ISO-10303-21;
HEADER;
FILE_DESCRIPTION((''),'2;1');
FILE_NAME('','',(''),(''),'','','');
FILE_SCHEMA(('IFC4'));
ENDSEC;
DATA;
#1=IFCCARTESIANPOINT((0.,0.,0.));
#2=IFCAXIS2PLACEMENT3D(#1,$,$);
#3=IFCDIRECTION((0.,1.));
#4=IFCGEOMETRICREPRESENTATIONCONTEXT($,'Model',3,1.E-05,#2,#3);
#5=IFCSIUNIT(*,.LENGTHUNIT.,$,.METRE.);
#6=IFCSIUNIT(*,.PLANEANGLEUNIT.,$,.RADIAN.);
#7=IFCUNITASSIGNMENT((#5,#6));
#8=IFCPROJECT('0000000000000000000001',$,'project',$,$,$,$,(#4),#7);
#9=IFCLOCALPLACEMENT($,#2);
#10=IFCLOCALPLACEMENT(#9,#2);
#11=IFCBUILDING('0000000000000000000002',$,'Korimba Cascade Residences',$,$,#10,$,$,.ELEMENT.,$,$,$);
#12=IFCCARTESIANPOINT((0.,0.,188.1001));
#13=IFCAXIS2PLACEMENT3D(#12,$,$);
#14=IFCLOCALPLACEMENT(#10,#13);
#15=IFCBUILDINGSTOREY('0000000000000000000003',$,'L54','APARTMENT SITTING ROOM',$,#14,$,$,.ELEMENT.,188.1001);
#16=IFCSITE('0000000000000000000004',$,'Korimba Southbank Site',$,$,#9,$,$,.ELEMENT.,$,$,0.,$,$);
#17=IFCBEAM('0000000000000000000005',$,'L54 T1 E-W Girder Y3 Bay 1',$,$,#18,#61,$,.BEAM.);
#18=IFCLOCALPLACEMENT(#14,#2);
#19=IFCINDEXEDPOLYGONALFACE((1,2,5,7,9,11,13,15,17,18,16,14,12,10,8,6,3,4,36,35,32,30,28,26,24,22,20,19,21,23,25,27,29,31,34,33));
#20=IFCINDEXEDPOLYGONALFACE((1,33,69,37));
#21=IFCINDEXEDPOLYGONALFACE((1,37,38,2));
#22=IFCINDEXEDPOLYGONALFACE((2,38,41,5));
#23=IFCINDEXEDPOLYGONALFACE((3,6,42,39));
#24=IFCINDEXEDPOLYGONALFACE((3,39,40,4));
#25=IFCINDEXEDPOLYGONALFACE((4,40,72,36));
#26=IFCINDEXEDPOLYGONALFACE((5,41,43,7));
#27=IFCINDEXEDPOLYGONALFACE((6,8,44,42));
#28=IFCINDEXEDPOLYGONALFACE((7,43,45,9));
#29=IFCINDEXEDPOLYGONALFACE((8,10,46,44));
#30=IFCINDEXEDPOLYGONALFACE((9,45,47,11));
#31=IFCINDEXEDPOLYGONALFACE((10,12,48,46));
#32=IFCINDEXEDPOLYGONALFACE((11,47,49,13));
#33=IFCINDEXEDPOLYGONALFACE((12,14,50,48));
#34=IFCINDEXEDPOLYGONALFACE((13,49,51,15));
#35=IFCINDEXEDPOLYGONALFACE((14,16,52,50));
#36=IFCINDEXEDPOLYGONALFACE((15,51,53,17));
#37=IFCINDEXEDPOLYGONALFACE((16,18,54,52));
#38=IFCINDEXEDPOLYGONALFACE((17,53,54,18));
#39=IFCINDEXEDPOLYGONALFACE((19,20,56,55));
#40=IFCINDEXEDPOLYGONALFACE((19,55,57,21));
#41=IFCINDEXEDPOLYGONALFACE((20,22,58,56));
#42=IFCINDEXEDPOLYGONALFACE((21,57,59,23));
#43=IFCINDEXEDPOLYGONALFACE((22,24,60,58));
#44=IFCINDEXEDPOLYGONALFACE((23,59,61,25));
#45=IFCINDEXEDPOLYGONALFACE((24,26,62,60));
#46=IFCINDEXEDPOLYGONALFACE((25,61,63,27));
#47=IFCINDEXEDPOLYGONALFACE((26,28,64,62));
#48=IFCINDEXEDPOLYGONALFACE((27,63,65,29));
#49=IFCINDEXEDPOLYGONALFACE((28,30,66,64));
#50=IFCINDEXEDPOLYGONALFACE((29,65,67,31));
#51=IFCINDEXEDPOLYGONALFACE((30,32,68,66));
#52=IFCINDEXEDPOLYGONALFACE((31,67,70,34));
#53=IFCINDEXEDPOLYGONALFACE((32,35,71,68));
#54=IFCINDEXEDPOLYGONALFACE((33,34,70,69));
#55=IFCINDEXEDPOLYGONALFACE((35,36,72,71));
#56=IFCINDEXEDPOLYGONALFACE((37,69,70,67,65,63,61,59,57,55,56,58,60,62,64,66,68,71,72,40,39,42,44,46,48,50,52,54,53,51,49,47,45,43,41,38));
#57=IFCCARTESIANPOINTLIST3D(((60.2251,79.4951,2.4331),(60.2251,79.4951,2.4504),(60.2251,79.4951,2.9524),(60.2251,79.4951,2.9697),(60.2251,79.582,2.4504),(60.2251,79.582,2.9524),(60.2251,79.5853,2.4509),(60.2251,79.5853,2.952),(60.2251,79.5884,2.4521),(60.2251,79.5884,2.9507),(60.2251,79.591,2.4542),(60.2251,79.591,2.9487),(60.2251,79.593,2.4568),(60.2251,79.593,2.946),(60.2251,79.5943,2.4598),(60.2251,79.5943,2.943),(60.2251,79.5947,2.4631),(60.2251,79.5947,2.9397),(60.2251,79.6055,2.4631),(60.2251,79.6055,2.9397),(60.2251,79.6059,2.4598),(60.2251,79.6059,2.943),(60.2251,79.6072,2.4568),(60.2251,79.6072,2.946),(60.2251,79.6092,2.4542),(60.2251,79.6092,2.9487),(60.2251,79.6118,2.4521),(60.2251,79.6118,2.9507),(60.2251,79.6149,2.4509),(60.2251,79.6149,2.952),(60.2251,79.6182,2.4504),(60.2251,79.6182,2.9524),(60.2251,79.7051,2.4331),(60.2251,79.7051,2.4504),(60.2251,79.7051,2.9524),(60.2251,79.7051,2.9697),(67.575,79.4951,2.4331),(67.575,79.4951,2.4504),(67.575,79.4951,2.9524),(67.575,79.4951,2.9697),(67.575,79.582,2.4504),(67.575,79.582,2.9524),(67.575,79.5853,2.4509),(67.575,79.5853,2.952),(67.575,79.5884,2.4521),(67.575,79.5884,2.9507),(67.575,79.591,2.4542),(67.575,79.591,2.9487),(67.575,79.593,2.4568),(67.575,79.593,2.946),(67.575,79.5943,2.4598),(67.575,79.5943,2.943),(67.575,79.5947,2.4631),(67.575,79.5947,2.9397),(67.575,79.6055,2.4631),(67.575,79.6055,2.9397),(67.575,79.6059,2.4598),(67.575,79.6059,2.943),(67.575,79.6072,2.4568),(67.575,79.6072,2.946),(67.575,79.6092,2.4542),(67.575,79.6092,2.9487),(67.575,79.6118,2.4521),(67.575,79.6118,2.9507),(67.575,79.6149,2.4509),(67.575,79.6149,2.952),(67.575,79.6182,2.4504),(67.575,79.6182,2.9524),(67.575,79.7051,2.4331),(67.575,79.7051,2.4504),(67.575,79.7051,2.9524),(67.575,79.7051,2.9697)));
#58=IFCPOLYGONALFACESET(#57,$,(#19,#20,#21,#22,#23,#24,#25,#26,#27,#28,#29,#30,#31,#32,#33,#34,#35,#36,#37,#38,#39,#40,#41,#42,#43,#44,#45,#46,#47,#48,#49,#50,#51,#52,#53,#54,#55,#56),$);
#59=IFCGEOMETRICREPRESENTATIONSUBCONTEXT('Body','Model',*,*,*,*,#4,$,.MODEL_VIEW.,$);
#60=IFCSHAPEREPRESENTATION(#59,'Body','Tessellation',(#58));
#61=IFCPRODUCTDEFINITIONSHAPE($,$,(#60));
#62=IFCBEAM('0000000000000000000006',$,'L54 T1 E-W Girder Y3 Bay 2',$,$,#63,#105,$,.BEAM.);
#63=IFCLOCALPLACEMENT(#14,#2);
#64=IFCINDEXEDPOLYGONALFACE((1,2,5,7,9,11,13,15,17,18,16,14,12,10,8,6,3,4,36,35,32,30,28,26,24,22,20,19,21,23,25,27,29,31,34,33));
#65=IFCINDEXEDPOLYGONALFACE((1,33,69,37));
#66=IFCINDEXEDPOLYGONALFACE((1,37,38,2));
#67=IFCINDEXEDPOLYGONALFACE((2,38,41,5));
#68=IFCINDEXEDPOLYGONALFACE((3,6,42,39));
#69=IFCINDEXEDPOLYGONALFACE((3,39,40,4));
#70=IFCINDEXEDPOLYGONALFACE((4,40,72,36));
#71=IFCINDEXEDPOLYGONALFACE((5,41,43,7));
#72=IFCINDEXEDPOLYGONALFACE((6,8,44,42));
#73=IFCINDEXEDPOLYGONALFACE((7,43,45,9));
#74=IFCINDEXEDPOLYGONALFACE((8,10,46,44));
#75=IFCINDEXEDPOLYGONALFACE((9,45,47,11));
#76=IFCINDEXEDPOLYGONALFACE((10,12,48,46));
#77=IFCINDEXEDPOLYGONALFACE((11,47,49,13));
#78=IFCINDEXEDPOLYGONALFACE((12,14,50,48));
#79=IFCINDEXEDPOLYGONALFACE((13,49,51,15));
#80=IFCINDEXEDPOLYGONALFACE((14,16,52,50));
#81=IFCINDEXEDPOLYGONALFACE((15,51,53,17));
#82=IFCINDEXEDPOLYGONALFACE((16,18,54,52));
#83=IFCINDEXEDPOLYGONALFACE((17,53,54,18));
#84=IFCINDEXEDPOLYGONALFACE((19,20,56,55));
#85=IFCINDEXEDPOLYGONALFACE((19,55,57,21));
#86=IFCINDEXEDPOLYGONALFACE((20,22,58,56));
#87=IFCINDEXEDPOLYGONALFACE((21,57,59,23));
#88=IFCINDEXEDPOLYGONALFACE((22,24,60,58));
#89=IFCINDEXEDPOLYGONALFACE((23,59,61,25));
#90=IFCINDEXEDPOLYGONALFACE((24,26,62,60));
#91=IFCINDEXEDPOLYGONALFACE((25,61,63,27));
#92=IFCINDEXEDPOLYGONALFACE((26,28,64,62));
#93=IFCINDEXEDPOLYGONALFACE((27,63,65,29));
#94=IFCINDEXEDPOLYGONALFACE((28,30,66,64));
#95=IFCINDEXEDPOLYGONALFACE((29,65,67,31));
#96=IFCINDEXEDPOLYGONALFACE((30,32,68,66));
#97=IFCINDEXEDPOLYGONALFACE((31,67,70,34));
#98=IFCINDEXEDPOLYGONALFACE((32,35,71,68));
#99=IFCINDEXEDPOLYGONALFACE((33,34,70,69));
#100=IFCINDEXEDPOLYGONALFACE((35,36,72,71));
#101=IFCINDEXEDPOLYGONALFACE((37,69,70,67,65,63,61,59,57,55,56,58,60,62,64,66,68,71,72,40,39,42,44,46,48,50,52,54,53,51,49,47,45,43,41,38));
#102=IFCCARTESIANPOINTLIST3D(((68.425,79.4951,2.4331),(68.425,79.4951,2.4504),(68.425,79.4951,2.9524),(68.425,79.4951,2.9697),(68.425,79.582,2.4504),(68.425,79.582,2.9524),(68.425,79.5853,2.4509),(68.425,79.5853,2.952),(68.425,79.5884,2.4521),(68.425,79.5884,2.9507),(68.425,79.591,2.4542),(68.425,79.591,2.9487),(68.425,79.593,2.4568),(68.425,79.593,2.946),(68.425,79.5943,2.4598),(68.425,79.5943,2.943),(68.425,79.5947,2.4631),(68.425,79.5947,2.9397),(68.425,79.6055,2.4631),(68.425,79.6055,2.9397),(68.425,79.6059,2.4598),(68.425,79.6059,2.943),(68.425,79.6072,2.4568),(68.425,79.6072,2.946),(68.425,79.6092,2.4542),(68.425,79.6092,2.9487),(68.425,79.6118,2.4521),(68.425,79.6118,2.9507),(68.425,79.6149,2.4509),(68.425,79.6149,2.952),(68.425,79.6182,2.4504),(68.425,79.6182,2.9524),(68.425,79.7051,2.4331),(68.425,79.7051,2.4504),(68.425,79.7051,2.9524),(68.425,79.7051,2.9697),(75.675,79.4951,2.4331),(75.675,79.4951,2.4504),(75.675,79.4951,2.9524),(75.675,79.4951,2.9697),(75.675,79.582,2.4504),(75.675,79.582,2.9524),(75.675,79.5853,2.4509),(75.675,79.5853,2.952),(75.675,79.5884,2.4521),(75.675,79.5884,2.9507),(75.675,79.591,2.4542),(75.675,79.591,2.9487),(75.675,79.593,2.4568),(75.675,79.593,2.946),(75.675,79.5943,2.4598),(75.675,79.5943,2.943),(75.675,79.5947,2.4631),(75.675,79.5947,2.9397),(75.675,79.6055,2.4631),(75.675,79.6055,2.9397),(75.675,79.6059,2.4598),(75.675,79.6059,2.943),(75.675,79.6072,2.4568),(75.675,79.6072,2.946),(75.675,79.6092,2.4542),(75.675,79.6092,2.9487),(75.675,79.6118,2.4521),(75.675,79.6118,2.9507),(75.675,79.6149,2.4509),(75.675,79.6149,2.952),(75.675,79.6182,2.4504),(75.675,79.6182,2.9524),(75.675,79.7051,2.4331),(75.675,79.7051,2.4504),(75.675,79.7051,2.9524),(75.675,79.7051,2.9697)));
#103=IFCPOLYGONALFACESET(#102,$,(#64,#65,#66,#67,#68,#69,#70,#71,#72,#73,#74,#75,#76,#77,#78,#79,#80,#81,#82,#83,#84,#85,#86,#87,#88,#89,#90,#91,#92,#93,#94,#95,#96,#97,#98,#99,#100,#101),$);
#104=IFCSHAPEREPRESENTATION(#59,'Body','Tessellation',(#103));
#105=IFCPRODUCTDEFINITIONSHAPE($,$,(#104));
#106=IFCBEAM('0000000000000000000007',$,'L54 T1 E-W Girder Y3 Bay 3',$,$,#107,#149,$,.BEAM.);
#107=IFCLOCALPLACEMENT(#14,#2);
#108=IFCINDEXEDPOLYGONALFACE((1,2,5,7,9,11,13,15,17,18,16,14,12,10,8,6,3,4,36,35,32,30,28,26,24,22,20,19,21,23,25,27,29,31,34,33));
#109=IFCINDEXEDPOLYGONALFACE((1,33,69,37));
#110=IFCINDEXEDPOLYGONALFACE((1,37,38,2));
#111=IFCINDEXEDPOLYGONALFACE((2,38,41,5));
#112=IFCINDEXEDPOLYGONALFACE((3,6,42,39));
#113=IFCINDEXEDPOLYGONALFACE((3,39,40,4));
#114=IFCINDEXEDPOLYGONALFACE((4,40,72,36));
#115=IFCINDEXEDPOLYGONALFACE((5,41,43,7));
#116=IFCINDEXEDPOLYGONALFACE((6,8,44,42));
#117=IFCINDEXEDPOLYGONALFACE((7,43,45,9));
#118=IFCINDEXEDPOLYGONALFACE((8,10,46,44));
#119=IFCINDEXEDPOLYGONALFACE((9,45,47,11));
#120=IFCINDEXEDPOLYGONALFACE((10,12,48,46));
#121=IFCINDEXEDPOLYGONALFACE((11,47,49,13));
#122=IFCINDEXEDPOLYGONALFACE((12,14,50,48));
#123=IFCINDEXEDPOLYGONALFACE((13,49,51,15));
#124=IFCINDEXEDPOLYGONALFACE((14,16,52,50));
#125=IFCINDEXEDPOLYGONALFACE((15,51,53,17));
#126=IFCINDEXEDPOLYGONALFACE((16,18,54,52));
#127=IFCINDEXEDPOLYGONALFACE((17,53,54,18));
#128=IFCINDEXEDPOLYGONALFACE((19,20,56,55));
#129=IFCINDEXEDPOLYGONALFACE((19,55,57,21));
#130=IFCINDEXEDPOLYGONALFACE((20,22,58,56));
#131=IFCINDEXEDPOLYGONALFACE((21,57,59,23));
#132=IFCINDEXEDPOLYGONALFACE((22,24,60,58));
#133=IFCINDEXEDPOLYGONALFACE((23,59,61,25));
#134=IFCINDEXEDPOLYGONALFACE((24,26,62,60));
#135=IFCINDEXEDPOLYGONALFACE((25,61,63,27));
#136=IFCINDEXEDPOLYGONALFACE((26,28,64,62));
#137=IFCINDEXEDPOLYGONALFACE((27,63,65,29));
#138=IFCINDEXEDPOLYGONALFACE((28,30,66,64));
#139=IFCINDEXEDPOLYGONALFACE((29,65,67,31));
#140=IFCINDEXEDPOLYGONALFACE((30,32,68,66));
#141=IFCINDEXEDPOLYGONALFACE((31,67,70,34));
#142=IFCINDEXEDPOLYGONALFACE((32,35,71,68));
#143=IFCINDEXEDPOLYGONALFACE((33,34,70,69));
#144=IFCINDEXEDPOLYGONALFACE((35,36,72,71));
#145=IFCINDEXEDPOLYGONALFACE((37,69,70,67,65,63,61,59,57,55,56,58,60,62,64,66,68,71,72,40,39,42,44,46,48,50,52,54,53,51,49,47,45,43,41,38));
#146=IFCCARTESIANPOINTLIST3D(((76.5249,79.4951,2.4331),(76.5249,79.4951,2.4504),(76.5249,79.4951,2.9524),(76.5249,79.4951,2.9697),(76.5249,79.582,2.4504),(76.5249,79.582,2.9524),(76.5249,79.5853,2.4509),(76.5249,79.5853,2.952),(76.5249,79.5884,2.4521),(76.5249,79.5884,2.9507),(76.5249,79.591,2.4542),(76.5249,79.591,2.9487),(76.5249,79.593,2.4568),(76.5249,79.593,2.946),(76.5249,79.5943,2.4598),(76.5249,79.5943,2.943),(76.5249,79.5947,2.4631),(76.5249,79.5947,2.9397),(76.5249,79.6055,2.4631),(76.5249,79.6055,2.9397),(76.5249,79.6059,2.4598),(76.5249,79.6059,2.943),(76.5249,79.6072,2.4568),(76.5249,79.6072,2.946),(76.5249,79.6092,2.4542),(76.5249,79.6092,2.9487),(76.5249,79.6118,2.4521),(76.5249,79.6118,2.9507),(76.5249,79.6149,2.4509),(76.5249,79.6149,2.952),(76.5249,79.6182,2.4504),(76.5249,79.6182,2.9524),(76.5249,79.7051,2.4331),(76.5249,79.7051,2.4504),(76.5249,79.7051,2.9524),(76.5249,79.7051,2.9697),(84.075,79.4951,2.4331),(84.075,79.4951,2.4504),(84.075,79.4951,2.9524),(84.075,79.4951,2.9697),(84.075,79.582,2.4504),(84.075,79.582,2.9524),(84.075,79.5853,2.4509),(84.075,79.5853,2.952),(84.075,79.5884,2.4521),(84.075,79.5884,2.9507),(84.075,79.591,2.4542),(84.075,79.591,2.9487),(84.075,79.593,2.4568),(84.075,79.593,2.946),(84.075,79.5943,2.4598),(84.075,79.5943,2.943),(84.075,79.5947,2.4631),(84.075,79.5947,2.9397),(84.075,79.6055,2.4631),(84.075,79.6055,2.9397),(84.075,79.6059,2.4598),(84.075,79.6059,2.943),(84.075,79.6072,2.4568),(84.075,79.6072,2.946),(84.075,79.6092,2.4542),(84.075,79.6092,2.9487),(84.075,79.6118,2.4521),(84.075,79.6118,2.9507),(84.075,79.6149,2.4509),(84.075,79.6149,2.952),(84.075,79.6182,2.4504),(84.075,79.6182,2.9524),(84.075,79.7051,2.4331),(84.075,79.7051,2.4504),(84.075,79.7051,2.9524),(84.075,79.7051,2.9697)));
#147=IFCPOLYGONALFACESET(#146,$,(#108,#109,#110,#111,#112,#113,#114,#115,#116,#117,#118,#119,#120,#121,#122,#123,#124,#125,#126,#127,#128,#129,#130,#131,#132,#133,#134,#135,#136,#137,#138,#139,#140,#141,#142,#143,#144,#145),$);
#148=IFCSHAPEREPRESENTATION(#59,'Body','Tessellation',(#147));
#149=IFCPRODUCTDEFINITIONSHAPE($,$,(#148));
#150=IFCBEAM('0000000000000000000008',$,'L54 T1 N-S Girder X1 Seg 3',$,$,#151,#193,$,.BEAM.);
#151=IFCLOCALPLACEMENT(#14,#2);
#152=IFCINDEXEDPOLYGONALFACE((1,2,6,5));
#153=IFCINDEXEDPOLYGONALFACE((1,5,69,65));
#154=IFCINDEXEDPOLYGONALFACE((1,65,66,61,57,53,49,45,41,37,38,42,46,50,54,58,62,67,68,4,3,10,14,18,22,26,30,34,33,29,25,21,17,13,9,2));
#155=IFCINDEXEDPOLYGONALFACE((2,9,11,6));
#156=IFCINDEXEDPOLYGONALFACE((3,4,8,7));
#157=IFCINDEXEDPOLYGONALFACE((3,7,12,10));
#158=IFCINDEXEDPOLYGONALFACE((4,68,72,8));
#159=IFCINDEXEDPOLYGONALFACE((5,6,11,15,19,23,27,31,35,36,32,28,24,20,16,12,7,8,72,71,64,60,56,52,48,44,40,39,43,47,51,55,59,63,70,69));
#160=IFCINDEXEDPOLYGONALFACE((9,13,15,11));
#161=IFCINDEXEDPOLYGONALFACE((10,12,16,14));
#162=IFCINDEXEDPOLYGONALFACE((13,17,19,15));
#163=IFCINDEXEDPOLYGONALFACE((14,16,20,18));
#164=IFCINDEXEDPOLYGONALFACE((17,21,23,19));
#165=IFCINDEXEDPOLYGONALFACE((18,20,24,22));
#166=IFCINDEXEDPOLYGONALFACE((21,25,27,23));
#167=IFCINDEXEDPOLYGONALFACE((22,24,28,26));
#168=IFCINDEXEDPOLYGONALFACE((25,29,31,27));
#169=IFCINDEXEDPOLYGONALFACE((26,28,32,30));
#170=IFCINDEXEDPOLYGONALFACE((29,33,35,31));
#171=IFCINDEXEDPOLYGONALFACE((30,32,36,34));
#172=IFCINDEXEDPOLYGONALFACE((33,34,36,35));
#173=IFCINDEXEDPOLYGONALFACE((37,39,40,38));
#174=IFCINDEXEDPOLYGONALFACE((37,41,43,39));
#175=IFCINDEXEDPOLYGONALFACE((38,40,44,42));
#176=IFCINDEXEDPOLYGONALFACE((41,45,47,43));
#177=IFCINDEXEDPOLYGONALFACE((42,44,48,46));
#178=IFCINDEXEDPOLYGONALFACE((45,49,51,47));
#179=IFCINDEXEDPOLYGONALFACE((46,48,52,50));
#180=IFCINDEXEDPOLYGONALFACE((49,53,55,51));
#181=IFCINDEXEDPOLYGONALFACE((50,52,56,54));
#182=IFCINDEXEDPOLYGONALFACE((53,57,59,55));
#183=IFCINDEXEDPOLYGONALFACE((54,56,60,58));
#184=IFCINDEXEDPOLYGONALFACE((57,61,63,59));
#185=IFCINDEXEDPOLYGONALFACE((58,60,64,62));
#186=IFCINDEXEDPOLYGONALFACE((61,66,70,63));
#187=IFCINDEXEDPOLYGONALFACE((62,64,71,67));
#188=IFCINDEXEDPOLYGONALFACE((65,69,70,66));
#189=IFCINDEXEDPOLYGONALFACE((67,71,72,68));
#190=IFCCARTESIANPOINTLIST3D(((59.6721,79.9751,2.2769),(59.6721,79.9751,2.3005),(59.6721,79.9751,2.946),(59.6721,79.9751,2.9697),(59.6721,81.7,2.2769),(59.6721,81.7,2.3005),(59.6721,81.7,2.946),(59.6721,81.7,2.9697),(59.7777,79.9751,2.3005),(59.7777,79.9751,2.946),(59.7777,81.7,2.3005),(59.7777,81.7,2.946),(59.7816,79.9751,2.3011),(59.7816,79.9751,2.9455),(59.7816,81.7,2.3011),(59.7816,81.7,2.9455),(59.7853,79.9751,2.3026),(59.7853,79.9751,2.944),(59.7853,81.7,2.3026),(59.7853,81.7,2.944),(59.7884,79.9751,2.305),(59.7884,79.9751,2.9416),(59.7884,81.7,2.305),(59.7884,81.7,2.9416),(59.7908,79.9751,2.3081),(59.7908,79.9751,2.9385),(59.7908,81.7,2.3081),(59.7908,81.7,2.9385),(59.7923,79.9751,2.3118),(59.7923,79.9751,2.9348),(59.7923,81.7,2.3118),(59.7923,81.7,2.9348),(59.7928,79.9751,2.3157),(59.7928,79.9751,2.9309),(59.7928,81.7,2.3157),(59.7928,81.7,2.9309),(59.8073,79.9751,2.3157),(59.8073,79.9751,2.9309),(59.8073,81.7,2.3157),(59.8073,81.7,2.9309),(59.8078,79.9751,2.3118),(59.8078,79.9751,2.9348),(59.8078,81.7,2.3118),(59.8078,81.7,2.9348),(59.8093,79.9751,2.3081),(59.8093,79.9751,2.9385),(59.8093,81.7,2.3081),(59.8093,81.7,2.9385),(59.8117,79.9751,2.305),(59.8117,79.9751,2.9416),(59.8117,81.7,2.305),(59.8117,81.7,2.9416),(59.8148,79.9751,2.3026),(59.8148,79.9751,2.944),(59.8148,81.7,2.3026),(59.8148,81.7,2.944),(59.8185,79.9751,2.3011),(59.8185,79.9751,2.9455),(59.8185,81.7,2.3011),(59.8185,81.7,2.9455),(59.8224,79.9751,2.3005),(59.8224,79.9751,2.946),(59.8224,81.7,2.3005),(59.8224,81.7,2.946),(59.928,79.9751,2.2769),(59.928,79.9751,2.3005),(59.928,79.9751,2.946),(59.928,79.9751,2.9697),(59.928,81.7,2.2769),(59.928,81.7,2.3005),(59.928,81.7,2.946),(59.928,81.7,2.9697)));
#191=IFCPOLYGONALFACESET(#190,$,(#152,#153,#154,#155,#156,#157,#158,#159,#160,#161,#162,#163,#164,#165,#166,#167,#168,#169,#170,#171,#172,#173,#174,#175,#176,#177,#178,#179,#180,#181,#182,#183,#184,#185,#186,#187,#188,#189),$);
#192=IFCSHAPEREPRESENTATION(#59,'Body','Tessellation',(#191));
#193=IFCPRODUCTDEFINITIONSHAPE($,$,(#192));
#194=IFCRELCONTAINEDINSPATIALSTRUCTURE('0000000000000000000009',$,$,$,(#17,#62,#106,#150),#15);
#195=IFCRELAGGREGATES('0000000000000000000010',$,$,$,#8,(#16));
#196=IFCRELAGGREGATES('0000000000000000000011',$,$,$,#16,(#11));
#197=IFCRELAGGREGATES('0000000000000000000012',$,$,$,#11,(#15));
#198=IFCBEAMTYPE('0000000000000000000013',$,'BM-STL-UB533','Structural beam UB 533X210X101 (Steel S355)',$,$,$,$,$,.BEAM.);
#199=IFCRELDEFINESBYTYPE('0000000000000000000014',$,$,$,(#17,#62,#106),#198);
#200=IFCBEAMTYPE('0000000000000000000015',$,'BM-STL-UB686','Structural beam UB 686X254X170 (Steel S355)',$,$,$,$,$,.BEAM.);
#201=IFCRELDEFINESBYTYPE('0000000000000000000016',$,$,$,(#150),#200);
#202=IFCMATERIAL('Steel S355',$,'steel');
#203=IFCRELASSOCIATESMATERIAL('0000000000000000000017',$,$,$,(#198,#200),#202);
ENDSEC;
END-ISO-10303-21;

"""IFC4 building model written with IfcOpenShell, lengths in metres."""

from ifc_helpers import new_model, si_unit, direction, frame, origin, origin_2d, place, context, subcontext, project, spatial, i_section, extrude, material, material_profile, profile_set, type_object, element, save


model = new_model("IFC4")

# Units and contexts
model_context = context("Model", 3, precision=1e-05, world=origin(), true_north=direction((0.0, 1.0)))
body_context = subcontext(model_context, "Body", "Model", "MODEL_VIEW")
ifc_project = project(units=[si_unit("LENGTHUNIT", "METRE"), si_unit("PLANEANGLEUNIT", "RADIAN")], contexts=[model_context])

# Site, building, storey
site_placement = place(None, origin())
site = spatial("IfcSite", under=ifc_project, at=site_placement, Name="Korimba Southbank Site", CompositionType="ELEMENT", RefElevation=0.0)
building_placement = place(site_placement, origin())
building = spatial("IfcBuilding", under=site, at=building_placement, Name="Korimba Cascade Residences", CompositionType="ELEMENT")
storey_placement = place(building_placement, frame((0.0, 0.0, 188.1001)))
storey = spatial("IfcBuildingStorey", under=building, at=storey_placement, Name="L54", Description="APARTMENT SITTING ROOM", CompositionType="ELEMENT", Elevation=188.1001)

# Beams
ifc_material_1 = material(Name="Steel S355", Category="steel")
ifc_material_profile_1 = material_profile(ifc_material_1, i_section(OverallWidth=0.21, OverallDepth=0.5366, WebThickness=0.0107, FlangeThickness=0.0173, FilletRadius=0.0127, at=origin_2d()), Name="Steel S355")
ifc_profile_set_1 = profile_set([ifc_material_profile_1], Name="Steel S355")
beam_type_1 = type_object("IfcBeamType", Name="BM-STL-UB533", Description="Structural beam UB 533X210X101 (Steel S355)", PredefinedType="BEAM", material=ifc_profile_set_1)
beam_1_placement = place(storey_placement, frame((60.2251, 79.6001, 2.7014), z_axis=(1.0, 0.0, 0.0), x_axis=(0.0, 1.0, 0.0)))
element("IfcBeam", 1, at=beam_1_placement, inside=storey, type_object=beam_type_1, Name="L54 T1 E-W Girder Y3 Bay 1", PredefinedType="BEAM", context=body_context, shape_type="SweptSolid", body=[
    extrude(i_section(OverallWidth=0.21, OverallDepth=0.5366, WebThickness=0.0107, FlangeThickness=0.0173, FilletRadius=0.0127, at=origin_2d()), origin(), (0.0, 0.0, 1.0), 7.3499),
])
beam_2_placement = place(storey_placement, frame((68.425, 79.6001, 2.7014), z_axis=(1.0, 0.0, 0.0), x_axis=(0.0, 1.0, 0.0)))
element("IfcBeam", 2, at=beam_2_placement, inside=storey, type_object=beam_type_1, Name="L54 T1 E-W Girder Y3 Bay 2", PredefinedType="BEAM", context=body_context, shape_type="SweptSolid", body=[
    extrude(i_section(OverallWidth=0.21, OverallDepth=0.5366, WebThickness=0.0107, FlangeThickness=0.0173, FilletRadius=0.0127, at=origin_2d()), origin(), (0.0, 0.0, 1.0), 7.25),
])
beam_3_placement = place(storey_placement, frame((76.5249, 79.6001, 2.7014), z_axis=(1.0, 0.0, 0.0), x_axis=(0.0, 1.0, 0.0)))
element("IfcBeam", 3, at=beam_3_placement, inside=storey, type_object=beam_type_1, Name="L54 T1 E-W Girder Y3 Bay 3", PredefinedType="BEAM", context=body_context, shape_type="SweptSolid", body=[
    extrude(i_section(OverallWidth=0.21, OverallDepth=0.5366, WebThickness=0.0107, FlangeThickness=0.0173, FilletRadius=0.0127, at=origin_2d()), origin(), (0.0, 0.0, 1.0), 7.55),
])
ifc_material_profile_2 = material_profile(ifc_material_1, i_section(OverallWidth=0.2559, OverallDepth=0.6929, WebThickness=0.0144, FlangeThickness=0.0237, FilletRadius=0.0151, at=origin_2d()), Name="Steel S355")
ifc_profile_set_2 = profile_set([ifc_material_profile_2], Name="Steel S355")
beam_type_2 = type_object("IfcBeamType", Name="BM-STL-UB686", Description="Structural beam UB 686X254X170 (Steel S355)", PredefinedType="BEAM", material=ifc_profile_set_2)
beam_4_placement = place(storey_placement, frame((59.8, 79.9751, 2.6233), z_axis=(0.0, 1.0, 0.0), x_axis=(-1.0, 0.0, 0.0)))
element("IfcBeam", 4, at=beam_4_placement, inside=storey, type_object=beam_type_2, Name="L54 T1 N-S Girder X1 Seg 3", PredefinedType="BEAM", context=body_context, shape_type="SweptSolid", body=[
    extrude(i_section(OverallWidth=0.2559, OverallDepth=0.6929, WebThickness=0.0144, FlangeThickness=0.0237, FilletRadius=0.0151, at=origin_2d()), origin(), (0.0, 0.0, 1.0), 1.7249),
])

save(model, "model.ifc")
